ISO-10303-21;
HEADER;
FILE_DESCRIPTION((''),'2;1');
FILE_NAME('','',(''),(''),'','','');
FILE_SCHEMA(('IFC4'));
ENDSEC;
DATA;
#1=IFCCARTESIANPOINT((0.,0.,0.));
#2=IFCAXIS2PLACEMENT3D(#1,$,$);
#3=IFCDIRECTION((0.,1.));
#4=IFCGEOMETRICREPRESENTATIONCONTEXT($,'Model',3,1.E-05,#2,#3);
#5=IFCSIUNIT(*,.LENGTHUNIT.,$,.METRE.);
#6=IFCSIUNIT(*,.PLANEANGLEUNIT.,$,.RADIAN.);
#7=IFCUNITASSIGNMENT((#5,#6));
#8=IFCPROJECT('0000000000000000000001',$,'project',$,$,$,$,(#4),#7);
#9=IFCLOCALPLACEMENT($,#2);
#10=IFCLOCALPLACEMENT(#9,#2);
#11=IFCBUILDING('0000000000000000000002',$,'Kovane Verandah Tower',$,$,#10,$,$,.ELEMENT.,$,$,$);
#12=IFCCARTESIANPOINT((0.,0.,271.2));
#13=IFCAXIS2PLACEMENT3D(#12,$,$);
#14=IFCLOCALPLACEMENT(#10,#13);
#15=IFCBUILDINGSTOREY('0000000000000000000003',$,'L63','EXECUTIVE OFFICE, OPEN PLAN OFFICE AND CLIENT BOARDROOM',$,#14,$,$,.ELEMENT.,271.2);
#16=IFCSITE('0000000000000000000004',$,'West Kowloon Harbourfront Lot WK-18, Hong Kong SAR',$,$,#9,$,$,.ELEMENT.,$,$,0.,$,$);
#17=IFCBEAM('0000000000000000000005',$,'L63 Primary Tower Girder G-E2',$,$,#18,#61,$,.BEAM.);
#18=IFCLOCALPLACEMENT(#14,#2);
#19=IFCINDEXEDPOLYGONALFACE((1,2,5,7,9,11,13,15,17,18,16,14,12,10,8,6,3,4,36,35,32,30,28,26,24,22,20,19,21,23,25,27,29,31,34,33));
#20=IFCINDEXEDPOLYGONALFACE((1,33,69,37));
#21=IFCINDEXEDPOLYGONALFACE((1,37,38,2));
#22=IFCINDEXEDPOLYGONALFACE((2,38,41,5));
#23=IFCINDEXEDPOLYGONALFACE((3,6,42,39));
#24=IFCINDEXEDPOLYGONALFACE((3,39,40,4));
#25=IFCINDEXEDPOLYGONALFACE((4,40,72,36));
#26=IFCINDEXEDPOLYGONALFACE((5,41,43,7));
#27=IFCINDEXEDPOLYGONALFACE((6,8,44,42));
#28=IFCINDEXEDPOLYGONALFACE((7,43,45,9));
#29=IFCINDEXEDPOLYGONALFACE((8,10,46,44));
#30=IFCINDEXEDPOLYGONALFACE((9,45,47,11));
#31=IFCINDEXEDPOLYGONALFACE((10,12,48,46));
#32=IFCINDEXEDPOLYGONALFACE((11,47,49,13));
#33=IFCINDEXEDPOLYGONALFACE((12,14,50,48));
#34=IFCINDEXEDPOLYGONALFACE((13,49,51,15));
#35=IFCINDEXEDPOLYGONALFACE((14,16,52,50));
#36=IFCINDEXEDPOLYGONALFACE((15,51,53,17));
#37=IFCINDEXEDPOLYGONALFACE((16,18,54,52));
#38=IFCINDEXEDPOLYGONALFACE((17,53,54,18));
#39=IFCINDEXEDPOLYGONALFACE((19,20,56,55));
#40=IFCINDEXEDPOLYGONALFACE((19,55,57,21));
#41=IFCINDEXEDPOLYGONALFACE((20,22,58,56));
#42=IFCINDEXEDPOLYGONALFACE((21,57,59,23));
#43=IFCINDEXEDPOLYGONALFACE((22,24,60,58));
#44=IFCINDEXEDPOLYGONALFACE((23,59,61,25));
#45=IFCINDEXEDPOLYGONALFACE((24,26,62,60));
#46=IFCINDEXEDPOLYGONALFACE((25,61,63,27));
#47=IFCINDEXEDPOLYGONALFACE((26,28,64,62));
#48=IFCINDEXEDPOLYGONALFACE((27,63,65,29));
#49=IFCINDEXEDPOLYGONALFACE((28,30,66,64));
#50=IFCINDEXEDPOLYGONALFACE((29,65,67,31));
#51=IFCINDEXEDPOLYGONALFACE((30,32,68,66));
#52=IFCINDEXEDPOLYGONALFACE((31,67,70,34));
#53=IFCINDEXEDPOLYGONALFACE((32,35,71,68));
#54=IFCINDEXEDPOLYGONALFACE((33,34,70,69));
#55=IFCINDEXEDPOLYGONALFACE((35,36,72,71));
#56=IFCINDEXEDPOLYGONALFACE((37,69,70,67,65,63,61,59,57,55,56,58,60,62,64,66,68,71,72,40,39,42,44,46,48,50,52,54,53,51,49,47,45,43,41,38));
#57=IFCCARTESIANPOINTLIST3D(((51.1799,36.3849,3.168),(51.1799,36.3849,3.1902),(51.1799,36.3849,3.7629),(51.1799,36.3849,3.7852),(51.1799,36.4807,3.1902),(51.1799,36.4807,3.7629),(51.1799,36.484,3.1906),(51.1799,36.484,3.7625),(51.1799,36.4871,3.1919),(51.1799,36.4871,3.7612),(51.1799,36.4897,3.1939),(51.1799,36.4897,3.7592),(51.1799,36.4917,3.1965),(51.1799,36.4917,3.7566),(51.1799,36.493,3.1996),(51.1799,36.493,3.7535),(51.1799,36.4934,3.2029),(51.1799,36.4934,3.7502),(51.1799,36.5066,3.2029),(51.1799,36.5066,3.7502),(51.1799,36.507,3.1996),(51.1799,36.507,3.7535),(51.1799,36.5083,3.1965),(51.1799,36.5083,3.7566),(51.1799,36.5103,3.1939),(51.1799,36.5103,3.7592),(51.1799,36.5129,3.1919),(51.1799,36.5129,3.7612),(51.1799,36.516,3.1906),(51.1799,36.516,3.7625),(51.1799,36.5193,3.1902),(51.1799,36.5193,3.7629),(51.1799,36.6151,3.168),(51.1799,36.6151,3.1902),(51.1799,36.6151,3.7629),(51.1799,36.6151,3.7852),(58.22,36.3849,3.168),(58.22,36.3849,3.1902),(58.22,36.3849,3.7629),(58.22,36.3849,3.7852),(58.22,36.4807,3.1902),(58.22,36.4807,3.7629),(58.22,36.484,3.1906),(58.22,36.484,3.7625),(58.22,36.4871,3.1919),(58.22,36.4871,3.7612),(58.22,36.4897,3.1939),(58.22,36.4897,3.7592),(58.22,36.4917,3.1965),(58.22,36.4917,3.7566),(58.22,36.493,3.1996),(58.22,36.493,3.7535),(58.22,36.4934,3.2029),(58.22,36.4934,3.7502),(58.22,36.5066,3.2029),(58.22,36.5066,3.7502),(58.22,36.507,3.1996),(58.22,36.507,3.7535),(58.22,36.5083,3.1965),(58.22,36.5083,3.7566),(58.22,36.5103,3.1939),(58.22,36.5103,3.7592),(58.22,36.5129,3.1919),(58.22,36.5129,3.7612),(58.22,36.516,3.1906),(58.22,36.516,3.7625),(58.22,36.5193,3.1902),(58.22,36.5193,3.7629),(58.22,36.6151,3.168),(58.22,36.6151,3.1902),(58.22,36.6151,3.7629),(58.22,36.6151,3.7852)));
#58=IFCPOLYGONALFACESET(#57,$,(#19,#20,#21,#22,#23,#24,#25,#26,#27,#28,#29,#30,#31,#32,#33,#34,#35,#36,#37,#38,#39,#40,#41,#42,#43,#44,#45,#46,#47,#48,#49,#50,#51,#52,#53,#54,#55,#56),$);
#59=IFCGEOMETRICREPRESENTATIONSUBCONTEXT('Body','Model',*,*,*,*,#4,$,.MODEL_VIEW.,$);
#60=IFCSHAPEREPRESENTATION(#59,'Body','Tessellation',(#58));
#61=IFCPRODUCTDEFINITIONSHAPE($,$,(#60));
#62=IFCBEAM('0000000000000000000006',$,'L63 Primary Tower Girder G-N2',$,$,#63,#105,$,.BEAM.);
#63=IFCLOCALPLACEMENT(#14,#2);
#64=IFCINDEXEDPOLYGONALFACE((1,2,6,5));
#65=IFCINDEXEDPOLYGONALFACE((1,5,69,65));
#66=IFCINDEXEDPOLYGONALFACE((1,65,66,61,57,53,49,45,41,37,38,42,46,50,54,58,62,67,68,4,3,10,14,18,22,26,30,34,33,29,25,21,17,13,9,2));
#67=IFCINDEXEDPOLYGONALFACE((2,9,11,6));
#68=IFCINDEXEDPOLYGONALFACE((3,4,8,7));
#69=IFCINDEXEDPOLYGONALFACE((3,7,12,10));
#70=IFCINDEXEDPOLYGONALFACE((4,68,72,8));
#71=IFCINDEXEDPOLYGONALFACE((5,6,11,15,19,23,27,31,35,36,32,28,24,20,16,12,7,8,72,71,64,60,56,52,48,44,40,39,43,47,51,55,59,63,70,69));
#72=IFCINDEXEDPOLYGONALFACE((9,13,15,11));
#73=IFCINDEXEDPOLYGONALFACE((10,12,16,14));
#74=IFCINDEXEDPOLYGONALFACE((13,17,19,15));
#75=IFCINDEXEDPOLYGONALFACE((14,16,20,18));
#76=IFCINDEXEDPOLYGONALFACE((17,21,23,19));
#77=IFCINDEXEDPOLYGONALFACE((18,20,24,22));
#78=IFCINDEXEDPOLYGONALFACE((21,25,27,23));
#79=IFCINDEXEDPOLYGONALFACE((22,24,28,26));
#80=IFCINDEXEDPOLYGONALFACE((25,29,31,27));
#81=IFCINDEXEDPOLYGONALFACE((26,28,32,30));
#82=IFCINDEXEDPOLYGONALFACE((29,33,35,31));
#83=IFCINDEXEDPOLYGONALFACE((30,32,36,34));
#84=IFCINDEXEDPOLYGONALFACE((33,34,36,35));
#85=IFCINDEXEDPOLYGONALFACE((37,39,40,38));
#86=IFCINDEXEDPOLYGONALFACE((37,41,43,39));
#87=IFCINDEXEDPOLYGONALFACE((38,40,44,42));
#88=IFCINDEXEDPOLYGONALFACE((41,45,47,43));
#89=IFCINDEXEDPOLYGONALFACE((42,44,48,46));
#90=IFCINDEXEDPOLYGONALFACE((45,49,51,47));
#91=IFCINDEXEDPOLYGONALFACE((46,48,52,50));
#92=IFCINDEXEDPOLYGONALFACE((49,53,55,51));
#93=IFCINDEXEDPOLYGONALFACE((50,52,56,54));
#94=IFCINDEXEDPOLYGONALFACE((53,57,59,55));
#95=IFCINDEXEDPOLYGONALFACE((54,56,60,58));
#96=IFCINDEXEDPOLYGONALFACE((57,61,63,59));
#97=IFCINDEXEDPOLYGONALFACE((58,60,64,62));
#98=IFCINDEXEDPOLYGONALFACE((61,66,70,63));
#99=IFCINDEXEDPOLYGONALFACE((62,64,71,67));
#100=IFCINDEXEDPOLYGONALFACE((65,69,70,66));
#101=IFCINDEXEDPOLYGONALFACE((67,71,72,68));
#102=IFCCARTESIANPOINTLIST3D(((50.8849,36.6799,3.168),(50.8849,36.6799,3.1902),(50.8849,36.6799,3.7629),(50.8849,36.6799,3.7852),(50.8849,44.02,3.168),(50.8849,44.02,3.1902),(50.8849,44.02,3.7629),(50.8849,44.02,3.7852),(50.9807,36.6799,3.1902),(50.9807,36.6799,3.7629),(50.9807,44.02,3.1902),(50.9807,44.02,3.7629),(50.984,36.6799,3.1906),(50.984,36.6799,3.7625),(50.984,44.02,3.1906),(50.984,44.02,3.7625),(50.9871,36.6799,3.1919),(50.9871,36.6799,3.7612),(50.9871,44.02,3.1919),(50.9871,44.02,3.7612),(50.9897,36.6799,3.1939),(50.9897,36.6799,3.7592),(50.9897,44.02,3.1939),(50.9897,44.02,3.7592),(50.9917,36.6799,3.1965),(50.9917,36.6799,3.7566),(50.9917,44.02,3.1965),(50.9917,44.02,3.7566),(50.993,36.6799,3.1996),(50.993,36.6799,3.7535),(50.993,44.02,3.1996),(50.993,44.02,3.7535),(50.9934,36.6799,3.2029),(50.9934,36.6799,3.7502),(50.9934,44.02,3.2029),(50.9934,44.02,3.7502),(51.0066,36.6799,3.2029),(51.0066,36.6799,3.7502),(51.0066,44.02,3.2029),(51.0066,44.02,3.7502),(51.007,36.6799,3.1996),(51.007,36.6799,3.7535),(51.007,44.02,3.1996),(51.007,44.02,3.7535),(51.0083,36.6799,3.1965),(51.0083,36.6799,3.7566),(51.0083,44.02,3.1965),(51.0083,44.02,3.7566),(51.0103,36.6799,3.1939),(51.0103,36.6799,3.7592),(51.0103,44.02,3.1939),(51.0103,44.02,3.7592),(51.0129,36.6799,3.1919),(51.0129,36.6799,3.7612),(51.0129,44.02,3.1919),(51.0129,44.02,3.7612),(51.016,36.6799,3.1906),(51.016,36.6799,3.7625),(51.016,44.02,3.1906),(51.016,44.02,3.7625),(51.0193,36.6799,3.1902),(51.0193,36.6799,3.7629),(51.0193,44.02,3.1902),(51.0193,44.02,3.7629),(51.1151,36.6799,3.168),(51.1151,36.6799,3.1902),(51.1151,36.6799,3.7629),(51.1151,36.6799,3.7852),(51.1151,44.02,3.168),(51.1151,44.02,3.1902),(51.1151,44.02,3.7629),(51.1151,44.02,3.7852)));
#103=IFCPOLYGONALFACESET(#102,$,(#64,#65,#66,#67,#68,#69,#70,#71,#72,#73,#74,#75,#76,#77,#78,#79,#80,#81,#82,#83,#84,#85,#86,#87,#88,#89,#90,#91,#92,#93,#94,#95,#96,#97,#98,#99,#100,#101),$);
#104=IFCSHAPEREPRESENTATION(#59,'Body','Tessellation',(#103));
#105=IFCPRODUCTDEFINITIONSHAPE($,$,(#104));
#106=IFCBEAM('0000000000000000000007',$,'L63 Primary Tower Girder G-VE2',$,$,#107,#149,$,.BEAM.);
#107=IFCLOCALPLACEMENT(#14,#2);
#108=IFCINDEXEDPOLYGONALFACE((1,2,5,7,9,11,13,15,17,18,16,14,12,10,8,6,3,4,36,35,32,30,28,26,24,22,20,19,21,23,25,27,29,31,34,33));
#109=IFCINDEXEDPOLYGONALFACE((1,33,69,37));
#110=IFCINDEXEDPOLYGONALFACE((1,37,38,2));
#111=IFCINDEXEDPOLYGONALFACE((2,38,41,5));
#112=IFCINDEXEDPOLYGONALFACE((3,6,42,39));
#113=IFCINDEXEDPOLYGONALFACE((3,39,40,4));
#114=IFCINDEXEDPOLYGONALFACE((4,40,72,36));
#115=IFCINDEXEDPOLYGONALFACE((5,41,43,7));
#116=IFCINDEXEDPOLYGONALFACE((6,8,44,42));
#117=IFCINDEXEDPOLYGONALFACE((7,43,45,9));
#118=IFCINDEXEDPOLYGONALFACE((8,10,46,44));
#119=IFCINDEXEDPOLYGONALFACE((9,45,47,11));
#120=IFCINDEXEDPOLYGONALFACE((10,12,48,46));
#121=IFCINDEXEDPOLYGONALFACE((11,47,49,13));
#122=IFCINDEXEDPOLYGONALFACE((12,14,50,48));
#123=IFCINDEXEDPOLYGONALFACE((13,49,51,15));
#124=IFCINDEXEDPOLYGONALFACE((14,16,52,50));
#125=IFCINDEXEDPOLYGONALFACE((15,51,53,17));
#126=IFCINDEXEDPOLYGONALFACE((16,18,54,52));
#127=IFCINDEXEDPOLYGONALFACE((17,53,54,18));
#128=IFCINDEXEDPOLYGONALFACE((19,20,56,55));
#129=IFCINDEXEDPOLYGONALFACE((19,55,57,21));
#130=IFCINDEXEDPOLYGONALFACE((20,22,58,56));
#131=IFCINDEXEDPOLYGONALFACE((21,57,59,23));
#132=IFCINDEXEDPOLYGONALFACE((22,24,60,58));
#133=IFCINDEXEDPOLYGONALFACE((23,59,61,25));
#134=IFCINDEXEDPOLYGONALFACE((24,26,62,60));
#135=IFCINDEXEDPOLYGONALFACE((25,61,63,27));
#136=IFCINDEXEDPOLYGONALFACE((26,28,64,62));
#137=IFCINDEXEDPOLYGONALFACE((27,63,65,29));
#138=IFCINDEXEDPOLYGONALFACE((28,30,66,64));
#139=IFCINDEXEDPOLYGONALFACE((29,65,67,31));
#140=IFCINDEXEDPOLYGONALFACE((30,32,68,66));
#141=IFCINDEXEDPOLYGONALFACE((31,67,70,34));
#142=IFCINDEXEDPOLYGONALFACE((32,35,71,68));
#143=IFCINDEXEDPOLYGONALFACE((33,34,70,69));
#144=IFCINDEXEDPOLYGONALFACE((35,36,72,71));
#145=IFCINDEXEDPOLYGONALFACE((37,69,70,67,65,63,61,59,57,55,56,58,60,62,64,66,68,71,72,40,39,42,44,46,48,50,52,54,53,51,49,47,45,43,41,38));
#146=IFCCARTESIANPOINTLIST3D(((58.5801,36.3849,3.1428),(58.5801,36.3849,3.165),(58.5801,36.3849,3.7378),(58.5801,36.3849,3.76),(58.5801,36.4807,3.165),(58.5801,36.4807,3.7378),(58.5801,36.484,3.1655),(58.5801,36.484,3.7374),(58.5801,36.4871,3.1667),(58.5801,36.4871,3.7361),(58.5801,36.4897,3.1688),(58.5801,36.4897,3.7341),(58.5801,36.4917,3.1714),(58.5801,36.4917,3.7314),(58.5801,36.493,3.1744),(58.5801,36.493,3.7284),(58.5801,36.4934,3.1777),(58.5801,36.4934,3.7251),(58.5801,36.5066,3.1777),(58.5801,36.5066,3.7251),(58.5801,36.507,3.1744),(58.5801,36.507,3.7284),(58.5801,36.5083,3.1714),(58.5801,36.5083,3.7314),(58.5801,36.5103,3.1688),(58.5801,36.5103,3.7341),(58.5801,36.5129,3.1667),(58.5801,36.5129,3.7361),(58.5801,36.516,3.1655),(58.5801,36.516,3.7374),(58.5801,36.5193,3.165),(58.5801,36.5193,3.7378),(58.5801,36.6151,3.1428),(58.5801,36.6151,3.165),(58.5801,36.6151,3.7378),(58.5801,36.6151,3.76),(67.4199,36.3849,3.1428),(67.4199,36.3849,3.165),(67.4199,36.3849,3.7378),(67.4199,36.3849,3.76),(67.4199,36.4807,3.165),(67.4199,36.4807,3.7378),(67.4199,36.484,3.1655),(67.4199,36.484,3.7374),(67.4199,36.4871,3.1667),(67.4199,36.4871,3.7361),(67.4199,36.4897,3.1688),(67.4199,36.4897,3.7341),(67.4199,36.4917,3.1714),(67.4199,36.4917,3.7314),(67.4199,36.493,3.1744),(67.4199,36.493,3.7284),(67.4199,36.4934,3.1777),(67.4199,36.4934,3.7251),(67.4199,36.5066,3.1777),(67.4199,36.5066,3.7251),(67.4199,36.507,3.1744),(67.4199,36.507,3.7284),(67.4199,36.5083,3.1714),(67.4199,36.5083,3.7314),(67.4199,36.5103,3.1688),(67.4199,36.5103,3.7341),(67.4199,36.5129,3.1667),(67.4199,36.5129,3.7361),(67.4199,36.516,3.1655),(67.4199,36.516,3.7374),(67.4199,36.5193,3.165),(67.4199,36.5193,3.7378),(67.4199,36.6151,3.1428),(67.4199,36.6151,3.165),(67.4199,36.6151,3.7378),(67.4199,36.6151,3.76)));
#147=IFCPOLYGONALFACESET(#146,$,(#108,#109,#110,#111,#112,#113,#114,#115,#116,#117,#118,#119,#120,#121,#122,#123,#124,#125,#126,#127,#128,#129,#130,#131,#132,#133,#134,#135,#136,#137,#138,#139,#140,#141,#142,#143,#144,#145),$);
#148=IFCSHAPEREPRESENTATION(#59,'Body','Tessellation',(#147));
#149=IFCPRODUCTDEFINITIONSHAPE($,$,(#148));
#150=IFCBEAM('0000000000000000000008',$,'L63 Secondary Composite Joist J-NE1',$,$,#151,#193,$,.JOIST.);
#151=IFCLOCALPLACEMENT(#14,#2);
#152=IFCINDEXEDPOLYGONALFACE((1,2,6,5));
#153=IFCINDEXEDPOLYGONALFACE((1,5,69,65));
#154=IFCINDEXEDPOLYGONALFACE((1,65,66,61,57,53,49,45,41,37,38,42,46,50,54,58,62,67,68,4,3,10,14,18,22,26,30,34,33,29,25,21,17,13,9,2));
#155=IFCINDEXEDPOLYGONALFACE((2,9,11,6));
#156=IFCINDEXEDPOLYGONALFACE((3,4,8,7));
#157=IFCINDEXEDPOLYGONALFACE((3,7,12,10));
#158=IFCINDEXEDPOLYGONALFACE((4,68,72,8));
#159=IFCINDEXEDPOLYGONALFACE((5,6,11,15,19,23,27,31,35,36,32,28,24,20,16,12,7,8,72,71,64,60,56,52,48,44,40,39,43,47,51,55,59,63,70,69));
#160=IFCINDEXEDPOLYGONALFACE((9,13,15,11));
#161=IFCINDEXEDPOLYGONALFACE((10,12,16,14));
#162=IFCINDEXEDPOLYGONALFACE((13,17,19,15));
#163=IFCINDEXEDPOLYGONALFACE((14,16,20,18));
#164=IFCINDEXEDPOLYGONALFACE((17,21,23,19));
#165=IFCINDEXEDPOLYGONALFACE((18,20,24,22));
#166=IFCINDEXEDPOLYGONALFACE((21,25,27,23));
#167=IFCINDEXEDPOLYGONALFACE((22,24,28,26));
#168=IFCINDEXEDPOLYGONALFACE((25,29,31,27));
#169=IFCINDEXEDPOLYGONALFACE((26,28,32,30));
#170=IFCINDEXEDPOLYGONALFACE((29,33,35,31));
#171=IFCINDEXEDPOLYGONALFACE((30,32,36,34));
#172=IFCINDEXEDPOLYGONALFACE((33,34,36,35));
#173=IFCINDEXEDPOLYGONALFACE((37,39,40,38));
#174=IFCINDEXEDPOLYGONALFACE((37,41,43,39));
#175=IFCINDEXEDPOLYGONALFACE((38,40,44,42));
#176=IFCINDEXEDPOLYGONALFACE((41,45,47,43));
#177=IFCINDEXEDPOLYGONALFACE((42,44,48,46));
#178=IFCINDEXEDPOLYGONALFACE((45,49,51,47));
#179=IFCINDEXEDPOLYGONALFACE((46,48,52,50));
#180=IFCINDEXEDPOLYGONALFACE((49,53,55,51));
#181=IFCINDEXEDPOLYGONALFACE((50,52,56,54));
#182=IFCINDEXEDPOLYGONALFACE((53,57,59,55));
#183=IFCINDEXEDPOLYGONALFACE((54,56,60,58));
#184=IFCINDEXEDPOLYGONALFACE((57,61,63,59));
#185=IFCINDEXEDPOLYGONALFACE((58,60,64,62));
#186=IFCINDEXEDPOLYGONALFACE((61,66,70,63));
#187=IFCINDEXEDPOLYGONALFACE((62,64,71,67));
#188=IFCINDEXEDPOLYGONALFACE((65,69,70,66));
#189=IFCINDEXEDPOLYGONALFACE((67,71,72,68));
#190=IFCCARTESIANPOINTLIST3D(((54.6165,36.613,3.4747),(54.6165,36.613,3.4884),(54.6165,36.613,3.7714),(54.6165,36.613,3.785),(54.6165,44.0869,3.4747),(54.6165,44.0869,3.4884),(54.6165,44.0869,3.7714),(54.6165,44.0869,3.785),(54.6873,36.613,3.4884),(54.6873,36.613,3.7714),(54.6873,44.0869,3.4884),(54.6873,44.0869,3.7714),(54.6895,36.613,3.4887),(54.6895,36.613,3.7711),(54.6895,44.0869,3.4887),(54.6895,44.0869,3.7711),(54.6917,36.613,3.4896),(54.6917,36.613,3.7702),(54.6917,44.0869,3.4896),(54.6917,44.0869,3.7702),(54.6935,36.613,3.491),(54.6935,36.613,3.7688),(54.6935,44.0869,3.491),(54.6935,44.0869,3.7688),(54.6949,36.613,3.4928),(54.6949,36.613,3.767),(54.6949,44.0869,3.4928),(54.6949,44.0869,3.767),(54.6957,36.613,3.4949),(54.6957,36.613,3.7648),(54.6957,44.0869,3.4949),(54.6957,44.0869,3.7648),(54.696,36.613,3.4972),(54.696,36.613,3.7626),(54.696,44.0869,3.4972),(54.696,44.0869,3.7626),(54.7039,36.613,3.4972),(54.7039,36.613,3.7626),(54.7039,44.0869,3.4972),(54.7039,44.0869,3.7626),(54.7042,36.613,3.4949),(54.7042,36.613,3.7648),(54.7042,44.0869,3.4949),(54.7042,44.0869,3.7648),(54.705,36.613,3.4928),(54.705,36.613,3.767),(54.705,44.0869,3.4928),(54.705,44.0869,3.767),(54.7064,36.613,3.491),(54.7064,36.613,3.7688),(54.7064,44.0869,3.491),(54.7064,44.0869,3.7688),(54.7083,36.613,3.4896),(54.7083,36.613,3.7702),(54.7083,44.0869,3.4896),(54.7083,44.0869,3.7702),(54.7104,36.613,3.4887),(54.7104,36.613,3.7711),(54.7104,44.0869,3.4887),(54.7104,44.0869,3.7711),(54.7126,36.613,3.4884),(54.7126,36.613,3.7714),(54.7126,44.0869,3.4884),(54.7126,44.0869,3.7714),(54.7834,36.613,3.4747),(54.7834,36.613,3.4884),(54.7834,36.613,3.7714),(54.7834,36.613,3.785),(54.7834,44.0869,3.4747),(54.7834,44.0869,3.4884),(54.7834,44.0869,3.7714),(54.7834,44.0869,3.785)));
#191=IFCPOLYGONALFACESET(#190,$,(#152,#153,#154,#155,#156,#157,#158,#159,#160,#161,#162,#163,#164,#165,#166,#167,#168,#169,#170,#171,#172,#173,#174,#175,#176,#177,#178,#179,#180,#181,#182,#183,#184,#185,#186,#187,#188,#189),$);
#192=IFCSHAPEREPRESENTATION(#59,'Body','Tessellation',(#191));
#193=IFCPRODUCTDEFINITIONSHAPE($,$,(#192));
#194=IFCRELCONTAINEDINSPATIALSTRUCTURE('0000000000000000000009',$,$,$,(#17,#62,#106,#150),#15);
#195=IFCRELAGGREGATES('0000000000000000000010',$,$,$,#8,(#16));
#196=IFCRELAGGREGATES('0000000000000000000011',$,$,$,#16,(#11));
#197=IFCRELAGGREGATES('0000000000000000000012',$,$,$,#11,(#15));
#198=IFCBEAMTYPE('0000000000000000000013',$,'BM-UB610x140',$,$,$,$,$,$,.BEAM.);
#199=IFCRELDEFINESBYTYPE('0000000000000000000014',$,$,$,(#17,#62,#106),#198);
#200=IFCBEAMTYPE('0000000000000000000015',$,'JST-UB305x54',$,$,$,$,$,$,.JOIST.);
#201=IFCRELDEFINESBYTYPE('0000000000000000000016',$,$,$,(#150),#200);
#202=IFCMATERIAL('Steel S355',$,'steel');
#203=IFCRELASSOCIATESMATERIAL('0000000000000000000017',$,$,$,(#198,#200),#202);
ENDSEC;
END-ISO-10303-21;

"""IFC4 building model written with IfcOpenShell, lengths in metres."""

from ifc_helpers import new_model, si_unit, direction, frame, origin, origin_2d, place, context, subcontext, project, spatial, i_section, extrude, material, material_profile, profile_set, type_object, element, save


model = new_model("IFC4")

# Units and contexts
model_context = context("Model", 3, precision=1e-05, world=origin(), true_north=direction((0.0, 1.0)))
body_context = subcontext(model_context, "Body", "Model", "MODEL_VIEW")
ifc_project = project(units=[si_unit("LENGTHUNIT", "METRE"), si_unit("PLANEANGLEUNIT", "RADIAN")], contexts=[model_context])

# Site, building, storey
site_placement = place(None, origin())
site = spatial("IfcSite", under=ifc_project, at=site_placement, Name="West Kowloon Harbourfront Lot WK-18, Hong Kong SAR", CompositionType="ELEMENT", RefElevation=0.0)
building_placement = place(site_placement, origin())
building = spatial("IfcBuilding", under=site, at=building_placement, Name="Kovane Verandah Tower", CompositionType="ELEMENT")
storey_placement = place(building_placement, frame((0.0, 0.0, 271.2)))
storey = spatial("IfcBuildingStorey", under=building, at=storey_placement, Name="L63", Description="EXECUTIVE OFFICE, OPEN PLAN OFFICE AND CLIENT BOARDROOM", CompositionType="ELEMENT", Elevation=271.2)

# Beams
ifc_material_1 = material(Name="Steel S355", Category="steel")
ifc_material_profile_1 = material_profile(ifc_material_1, i_section(OverallWidth=0.2302, OverallDepth=0.6172, WebThickness=0.0132, FlangeThickness=0.0222, FilletRadius=0.0127, at=origin_2d()), Name="UB610x229x140")
ifc_profile_set_1 = profile_set([ifc_material_profile_1], Name="Steel S355")
beam_type_1 = type_object("IfcBeamType", Name="BM-UB610x140", PredefinedType="BEAM", material=ifc_profile_set_1)
beam_1_placement = place(storey_placement, frame((51.1799, 36.5, 3.4766), z_axis=(1.0, 0.0, 0.0), x_axis=(0.0, 1.0, 0.0)))
element("IfcBeam", 1, at=beam_1_placement, inside=storey, type_object=beam_type_1, Name="L63 Primary Tower Girder G-E2", PredefinedType="BEAM", context=body_context, shape_type="SweptSolid", body=[
    extrude(i_section(OverallWidth=0.2302, OverallDepth=0.6172, WebThickness=0.0132, FlangeThickness=0.0222, FilletRadius=0.0127, at=origin_2d()), origin(), (0.0, 0.0, 1.0), 7.04),
])
beam_2_placement = place(storey_placement, frame((51.0, 36.6799, 3.4766), z_axis=(0.0, 1.0, 0.0), x_axis=(-1.0, 0.0, 0.0)))
element("IfcBeam", 2, at=beam_2_placement, inside=storey, type_object=beam_type_1, Name="L63 Primary Tower Girder G-N2", PredefinedType="BEAM", context=body_context, shape_type="SweptSolid", body=[
    extrude(i_section(OverallWidth=0.2302, OverallDepth=0.6172, WebThickness=0.0132, FlangeThickness=0.0222, FilletRadius=0.0127, at=origin_2d()), origin(), (0.0, 0.0, 1.0), 7.3401),
])
beam_3_placement = place(storey_placement, frame((58.5801, 36.5, 3.4514), z_axis=(1.0, 0.0, 0.0), x_axis=(0.0, 1.0, 0.0)))
element("IfcBeam", 3, at=beam_3_placement, inside=storey, type_object=beam_type_1, Name="L63 Primary Tower Girder G-VE2", PredefinedType="BEAM", context=body_context, shape_type="SweptSolid", body=[
    extrude(i_section(OverallWidth=0.2302, OverallDepth=0.6172, WebThickness=0.0132, FlangeThickness=0.0222, FilletRadius=0.0127, at=origin_2d()), origin(), (0.0, 0.0, 1.0), 8.8398),
])
ifc_material_profile_2 = material_profile(ifc_material_1, i_section(OverallWidth=0.167, OverallDepth=0.3103, WebThickness=0.0078, FlangeThickness=0.0137, FilletRadius=0.0088, at=origin_2d()), Name="UB305x165x54")
ifc_profile_set_2 = profile_set([ifc_material_profile_2], Name="Steel S355")
beam_type_2 = type_object("IfcBeamType", Name="JST-UB305x54", PredefinedType="JOIST", material=ifc_profile_set_2)
beam_4_placement = place(storey_placement, frame((54.7, 36.613, 3.6299), z_axis=(0.0, 1.0, 0.0), x_axis=(-1.0, 0.0, 0.0)))
element("IfcBeam", 4, at=beam_4_placement, inside=storey, type_object=beam_type_2, Name="L63 Secondary Composite Joist J-NE1", PredefinedType="JOIST", context=body_context, shape_type="SweptSolid", body=[
    extrude(i_section(OverallWidth=0.167, OverallDepth=0.3103, WebThickness=0.0078, FlangeThickness=0.0137, FilletRadius=0.0088, at=origin_2d()), origin(), (0.0, 0.0, 1.0), 7.4739),
])

save(model, "model.ifc")
